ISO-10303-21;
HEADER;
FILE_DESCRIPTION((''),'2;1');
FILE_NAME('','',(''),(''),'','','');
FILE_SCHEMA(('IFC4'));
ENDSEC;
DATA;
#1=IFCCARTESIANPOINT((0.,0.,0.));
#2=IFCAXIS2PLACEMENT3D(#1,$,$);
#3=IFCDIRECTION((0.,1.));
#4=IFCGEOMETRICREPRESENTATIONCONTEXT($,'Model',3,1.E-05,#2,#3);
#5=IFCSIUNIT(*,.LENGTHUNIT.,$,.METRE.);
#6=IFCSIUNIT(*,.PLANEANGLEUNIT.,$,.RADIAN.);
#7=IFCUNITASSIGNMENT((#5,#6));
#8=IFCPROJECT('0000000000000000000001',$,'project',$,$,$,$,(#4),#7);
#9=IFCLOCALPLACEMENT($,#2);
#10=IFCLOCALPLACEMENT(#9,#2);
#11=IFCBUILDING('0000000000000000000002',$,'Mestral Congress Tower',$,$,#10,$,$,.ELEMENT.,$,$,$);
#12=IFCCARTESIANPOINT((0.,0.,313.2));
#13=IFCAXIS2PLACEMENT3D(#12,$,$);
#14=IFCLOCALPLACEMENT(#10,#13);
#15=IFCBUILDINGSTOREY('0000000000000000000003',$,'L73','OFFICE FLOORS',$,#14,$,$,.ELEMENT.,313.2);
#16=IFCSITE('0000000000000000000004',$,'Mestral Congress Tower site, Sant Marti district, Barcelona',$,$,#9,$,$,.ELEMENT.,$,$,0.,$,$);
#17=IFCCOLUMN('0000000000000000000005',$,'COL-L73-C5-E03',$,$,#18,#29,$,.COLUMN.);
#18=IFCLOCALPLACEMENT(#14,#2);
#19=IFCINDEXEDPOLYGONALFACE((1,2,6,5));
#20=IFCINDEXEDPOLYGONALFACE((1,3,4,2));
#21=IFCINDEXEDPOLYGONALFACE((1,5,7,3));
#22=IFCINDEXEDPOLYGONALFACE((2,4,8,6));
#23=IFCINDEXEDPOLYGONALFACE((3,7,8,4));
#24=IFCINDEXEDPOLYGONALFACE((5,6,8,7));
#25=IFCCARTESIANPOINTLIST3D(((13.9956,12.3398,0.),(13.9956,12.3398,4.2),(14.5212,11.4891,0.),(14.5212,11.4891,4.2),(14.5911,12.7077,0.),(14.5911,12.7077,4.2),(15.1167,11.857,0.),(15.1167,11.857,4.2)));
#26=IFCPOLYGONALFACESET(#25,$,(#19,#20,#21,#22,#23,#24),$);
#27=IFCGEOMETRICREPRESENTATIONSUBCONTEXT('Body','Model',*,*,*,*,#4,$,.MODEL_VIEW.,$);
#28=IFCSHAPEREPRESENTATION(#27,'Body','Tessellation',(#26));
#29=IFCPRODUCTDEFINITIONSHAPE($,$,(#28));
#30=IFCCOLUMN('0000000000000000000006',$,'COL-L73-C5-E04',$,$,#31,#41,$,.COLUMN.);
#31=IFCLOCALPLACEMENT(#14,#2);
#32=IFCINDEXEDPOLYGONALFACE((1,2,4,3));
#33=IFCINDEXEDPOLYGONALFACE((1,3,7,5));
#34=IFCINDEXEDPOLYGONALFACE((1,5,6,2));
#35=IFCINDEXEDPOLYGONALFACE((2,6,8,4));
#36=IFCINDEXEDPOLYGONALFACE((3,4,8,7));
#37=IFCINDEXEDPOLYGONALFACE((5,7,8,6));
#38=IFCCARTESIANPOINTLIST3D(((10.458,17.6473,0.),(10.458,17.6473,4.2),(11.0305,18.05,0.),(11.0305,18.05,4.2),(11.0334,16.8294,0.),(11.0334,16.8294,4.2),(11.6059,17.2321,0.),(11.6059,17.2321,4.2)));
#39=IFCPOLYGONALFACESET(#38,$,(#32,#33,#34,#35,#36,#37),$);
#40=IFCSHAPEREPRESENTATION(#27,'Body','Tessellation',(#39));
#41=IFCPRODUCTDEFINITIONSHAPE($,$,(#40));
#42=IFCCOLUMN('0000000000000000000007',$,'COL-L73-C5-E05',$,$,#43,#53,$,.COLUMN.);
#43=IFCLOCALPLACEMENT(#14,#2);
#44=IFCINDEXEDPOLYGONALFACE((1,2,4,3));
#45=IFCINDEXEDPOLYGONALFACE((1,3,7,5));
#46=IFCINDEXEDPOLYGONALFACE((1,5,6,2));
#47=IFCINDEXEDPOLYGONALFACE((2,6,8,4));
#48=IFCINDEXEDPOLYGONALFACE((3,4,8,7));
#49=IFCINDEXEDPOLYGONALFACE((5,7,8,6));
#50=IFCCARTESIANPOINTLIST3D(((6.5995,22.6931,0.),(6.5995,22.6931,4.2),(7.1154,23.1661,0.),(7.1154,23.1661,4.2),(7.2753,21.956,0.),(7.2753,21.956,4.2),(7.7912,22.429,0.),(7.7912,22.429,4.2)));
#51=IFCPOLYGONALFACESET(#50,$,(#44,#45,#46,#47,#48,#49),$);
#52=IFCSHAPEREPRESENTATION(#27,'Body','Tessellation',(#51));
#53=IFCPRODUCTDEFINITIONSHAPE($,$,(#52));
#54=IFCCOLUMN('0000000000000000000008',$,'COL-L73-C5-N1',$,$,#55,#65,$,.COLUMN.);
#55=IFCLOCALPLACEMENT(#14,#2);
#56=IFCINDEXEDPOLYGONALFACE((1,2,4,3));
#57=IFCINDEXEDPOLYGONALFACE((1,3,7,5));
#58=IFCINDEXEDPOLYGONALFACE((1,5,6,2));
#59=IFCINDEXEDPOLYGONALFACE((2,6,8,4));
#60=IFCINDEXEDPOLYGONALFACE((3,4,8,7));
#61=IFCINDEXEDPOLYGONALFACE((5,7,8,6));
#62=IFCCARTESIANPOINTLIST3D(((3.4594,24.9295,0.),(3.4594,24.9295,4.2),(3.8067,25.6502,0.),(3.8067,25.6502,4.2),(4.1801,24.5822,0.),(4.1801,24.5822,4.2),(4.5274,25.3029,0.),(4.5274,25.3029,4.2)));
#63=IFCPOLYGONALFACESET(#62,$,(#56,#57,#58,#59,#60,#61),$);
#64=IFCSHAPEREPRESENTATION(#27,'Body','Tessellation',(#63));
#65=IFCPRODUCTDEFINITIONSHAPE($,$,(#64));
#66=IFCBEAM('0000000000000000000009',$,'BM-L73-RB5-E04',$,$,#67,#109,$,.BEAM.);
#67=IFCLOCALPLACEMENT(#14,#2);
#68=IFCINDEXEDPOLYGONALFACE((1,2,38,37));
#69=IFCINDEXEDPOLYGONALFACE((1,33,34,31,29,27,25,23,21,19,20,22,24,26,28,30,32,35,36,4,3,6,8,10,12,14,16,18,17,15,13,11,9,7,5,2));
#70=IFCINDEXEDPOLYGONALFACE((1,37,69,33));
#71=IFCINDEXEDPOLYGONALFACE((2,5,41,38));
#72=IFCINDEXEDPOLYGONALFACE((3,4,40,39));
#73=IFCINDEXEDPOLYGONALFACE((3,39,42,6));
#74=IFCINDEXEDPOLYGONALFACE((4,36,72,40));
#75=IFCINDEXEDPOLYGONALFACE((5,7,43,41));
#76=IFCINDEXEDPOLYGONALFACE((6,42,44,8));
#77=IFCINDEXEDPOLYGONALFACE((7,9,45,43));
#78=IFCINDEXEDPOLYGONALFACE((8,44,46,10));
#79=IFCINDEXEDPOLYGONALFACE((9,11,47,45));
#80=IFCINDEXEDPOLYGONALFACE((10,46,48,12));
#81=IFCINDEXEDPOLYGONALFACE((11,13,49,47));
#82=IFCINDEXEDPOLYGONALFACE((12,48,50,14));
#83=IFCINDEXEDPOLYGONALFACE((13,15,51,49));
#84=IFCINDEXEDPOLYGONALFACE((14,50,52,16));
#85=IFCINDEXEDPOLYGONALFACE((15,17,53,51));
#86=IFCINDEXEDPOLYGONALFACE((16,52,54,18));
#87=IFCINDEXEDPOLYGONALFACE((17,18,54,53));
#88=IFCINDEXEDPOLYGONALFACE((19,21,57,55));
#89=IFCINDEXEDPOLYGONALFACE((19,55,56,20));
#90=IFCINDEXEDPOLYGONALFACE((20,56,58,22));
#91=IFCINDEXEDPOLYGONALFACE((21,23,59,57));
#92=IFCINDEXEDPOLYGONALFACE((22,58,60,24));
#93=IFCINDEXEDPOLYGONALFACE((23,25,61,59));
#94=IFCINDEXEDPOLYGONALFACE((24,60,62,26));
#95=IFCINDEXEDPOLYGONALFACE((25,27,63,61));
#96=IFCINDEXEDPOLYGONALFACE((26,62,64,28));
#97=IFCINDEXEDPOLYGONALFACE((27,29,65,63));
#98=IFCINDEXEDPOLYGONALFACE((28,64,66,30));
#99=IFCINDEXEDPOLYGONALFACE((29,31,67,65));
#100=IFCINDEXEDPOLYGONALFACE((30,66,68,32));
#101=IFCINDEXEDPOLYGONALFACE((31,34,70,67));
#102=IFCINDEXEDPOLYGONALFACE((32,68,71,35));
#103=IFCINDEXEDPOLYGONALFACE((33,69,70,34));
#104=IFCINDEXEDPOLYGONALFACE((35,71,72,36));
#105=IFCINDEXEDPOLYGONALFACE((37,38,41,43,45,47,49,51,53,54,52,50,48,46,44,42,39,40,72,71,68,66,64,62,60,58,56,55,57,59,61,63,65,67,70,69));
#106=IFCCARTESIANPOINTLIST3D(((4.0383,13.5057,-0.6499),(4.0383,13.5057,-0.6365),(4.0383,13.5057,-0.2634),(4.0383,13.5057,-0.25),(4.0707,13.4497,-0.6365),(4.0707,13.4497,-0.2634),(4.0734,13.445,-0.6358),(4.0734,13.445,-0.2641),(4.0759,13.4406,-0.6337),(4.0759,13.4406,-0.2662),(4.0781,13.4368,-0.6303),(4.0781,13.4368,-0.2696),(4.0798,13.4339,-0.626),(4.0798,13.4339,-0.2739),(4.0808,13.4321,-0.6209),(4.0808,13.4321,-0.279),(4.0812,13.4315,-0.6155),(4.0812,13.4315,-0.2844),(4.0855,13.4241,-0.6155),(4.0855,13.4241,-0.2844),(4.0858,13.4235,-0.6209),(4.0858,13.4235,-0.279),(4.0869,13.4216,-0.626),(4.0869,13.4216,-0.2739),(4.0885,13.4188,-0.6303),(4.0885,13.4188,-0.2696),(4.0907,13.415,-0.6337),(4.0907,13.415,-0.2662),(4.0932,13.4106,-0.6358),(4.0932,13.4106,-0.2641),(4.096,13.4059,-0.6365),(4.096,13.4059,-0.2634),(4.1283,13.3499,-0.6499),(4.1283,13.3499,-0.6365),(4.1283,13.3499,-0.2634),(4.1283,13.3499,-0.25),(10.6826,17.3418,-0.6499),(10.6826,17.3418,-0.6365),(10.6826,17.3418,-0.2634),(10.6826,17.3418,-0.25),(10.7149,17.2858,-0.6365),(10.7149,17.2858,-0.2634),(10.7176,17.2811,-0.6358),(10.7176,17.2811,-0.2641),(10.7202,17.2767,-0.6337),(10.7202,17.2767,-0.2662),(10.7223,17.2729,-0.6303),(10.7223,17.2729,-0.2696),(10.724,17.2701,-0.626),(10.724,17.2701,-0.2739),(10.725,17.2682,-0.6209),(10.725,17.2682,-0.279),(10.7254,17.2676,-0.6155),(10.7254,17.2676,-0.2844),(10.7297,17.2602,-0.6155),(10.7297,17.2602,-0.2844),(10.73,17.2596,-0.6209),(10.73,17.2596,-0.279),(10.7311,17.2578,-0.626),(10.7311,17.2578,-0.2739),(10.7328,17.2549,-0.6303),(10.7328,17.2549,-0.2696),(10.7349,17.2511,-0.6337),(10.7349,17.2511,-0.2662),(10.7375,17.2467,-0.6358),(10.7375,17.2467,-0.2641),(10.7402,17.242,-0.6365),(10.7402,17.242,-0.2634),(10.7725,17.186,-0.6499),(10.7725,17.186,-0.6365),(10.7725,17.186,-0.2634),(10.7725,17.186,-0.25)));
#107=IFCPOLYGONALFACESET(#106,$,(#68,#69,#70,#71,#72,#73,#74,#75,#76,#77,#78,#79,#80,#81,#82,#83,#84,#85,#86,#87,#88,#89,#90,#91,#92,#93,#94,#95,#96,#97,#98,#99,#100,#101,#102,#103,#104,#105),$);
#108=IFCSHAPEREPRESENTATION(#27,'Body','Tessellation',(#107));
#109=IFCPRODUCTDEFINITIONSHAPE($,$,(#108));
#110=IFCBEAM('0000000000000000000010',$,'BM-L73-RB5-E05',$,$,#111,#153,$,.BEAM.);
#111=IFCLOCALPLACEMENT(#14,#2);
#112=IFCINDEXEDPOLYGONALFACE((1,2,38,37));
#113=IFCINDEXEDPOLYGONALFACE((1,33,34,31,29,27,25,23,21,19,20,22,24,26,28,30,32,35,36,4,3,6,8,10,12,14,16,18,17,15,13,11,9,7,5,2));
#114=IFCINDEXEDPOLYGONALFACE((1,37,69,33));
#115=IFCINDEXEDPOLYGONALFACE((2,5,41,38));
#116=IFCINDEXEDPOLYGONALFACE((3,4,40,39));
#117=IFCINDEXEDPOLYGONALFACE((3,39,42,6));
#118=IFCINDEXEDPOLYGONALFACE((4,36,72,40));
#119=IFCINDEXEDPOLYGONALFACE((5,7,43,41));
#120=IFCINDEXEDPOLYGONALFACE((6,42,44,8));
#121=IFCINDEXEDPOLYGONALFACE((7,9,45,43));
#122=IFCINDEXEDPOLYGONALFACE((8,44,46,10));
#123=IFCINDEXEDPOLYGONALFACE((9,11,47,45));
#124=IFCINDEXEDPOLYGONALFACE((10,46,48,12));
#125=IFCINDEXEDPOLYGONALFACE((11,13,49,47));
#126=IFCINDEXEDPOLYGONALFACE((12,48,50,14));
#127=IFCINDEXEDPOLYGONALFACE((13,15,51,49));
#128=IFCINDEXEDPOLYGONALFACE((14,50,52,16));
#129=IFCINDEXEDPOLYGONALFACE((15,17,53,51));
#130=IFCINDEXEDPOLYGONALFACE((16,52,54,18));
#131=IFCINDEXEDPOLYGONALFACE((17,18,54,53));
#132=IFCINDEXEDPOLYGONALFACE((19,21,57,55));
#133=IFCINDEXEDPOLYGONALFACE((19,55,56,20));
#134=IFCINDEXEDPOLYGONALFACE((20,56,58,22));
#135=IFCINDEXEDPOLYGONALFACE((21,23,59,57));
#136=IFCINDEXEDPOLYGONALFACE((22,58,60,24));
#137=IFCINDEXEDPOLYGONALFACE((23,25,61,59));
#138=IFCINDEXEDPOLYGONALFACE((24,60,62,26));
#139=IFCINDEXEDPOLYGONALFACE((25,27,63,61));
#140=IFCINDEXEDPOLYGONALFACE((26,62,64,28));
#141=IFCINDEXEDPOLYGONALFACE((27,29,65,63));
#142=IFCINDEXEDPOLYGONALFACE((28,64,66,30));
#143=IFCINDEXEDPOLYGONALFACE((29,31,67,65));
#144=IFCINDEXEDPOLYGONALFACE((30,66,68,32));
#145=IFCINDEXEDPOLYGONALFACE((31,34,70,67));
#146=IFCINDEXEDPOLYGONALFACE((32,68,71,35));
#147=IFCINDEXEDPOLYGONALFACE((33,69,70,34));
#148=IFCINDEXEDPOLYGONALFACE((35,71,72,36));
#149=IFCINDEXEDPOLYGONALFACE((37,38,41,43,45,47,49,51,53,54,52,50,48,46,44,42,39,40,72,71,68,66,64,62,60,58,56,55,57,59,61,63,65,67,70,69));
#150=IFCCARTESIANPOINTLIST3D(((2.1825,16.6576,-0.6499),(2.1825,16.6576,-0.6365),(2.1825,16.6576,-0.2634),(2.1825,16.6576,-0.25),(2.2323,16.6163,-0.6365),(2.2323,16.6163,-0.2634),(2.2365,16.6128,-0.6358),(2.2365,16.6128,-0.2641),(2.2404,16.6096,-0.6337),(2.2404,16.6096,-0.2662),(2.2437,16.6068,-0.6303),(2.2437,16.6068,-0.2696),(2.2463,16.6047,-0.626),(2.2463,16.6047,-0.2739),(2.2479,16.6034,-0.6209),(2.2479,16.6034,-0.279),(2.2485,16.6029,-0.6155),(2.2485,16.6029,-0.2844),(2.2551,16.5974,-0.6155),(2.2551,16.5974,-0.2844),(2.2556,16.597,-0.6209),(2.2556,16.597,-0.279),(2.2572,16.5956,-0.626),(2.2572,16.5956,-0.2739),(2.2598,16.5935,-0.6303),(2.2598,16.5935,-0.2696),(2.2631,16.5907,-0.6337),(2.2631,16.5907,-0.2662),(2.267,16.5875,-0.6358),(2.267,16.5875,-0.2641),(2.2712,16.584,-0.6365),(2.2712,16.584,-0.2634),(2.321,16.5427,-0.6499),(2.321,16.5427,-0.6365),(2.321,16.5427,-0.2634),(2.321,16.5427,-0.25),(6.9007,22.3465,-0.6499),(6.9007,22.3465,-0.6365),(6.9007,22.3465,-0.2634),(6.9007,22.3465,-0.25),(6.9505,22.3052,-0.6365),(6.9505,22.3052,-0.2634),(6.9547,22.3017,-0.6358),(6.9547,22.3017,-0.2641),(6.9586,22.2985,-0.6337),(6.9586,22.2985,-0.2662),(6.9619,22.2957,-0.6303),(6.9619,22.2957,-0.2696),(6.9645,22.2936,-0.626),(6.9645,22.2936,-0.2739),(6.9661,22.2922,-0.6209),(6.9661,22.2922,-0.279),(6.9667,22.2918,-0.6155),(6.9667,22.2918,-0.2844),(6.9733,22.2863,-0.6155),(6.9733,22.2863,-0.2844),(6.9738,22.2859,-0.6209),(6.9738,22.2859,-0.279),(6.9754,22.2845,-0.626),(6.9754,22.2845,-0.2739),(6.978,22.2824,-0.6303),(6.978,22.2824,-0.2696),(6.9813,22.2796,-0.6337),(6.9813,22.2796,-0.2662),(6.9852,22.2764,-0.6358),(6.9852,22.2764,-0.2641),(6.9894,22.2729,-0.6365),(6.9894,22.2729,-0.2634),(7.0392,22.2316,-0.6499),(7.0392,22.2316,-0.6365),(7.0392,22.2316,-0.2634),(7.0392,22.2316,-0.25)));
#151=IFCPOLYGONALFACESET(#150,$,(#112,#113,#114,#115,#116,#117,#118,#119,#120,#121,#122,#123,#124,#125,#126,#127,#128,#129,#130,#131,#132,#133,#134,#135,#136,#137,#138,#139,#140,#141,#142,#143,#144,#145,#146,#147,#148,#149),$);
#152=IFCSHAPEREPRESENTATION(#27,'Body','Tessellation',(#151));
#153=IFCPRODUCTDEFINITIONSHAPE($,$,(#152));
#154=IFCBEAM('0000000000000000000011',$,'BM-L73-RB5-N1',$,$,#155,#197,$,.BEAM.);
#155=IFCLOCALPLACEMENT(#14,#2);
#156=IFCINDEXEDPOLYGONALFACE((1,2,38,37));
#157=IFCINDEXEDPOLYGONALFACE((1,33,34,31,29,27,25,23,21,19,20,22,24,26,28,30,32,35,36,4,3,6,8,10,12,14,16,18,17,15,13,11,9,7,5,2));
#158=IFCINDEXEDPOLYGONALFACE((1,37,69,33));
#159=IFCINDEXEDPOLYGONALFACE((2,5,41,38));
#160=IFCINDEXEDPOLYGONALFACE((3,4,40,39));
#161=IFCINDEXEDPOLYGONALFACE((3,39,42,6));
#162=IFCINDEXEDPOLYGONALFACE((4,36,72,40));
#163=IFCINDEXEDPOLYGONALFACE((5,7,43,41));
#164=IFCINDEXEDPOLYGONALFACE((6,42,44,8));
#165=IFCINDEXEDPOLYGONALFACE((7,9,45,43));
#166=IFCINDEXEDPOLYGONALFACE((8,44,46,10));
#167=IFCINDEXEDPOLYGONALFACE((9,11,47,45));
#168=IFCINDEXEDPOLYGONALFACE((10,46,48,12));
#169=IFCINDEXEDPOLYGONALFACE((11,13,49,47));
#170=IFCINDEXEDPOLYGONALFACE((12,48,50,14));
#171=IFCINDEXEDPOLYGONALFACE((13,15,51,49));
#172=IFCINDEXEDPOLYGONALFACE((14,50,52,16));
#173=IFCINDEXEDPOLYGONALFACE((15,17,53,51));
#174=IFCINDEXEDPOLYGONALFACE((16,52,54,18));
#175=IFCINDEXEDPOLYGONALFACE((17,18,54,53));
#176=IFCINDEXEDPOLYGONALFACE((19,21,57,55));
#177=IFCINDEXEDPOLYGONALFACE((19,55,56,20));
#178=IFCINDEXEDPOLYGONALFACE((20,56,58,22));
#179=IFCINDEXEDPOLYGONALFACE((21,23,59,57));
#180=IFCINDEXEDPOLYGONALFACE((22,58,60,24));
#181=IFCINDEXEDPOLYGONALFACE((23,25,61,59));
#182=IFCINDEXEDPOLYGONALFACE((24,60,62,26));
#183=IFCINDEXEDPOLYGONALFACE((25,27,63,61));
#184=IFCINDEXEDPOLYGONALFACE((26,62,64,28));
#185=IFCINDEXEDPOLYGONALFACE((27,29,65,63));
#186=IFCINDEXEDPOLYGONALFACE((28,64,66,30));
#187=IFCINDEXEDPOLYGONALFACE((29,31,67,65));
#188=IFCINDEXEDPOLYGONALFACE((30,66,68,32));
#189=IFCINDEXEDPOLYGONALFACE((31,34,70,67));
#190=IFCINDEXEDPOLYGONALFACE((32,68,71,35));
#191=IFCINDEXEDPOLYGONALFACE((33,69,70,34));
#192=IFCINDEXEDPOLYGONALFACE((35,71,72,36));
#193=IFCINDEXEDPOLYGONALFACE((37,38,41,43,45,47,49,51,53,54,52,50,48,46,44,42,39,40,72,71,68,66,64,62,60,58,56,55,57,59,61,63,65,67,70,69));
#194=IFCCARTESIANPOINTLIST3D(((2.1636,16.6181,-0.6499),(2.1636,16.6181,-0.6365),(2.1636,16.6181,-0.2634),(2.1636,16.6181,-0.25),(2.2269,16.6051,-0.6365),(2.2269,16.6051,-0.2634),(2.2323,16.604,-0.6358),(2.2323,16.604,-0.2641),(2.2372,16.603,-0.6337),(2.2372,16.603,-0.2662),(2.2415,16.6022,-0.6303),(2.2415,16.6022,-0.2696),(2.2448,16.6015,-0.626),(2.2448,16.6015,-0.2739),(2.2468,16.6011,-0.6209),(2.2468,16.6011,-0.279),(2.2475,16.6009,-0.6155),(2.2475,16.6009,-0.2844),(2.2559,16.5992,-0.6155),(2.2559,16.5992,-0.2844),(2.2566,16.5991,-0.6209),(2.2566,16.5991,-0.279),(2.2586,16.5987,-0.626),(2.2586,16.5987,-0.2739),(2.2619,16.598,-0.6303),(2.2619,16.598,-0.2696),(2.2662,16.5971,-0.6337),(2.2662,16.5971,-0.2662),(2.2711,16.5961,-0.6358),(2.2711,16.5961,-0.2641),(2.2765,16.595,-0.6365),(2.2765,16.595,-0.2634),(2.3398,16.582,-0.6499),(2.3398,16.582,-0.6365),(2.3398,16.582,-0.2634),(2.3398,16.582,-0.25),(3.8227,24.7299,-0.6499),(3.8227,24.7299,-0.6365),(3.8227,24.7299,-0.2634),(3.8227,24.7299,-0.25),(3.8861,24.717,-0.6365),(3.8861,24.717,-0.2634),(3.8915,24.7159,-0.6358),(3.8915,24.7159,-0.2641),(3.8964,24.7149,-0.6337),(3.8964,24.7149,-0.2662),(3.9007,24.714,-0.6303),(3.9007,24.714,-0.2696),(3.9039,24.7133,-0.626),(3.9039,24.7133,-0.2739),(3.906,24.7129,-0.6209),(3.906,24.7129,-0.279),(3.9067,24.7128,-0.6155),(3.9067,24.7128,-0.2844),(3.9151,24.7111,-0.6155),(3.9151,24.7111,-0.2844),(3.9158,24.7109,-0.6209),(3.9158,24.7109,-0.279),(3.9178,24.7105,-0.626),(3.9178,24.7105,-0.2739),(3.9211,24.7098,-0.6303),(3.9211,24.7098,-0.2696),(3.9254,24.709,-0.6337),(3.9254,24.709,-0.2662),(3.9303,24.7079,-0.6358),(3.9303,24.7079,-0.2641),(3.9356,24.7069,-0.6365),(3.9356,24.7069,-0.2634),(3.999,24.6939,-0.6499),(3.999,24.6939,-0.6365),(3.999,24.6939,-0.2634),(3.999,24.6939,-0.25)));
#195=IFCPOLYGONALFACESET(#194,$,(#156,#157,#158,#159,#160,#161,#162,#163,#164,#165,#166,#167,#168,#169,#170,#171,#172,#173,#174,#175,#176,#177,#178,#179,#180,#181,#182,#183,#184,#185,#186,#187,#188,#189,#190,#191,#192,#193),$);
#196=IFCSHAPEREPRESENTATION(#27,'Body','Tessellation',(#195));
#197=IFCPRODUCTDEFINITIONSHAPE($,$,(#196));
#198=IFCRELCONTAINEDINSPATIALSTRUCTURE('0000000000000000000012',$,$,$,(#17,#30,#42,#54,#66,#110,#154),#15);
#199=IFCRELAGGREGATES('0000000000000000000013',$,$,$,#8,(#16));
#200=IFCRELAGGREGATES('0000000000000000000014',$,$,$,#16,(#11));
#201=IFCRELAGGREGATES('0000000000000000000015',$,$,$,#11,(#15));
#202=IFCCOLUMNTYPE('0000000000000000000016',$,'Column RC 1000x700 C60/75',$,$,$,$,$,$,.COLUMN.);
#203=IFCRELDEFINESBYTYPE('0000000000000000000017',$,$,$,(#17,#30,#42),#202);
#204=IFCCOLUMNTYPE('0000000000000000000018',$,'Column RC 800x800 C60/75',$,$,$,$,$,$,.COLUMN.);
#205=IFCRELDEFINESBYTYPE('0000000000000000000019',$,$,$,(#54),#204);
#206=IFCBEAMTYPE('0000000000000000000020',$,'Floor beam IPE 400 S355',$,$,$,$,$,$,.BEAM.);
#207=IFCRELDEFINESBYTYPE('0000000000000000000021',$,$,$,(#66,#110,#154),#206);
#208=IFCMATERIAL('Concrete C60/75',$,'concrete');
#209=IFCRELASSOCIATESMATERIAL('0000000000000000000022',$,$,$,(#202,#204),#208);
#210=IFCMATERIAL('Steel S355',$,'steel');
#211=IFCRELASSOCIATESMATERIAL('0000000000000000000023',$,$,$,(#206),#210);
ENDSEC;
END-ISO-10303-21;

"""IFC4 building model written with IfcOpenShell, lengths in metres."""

from ifc_helpers import new_model, si_unit, direction, frame, origin, origin_2d, place, context, subcontext, project, spatial, rectangle, i_section, extrude, material, material_profile, profile_set, type_object, element, save


model = new_model("IFC4")

# Units and contexts
model_context = context("Model", 3, precision=1e-05, world=origin(), true_north=direction((0.0, 1.0)))
body_context = subcontext(model_context, "Body", "Model", "MODEL_VIEW")
ifc_project = project(units=[si_unit("LENGTHUNIT", "METRE"), si_unit("PLANEANGLEUNIT", "RADIAN")], contexts=[model_context])

# Site, building, storey
site_placement = place(None, origin())
site = spatial("IfcSite", under=ifc_project, at=site_placement, Name="Mestral Congress Tower site, Sant Marti district, Barcelona", CompositionType="ELEMENT", RefElevation=0.0)
building_placement = place(site_placement, origin())
building = spatial("IfcBuilding", under=site, at=building_placement, Name="Mestral Congress Tower", CompositionType="ELEMENT")
storey_placement = place(building_placement, frame((0.0, 0.0, 313.2)))
storey = spatial("IfcBuildingStorey", under=building, at=storey_placement, Name="L73", Description="OFFICE FLOORS", CompositionType="ELEMENT", Elevation=313.2)

# Columns
ifc_material_1 = material(Name="Concrete C60/75", Category="concrete")
ifc_material_profile_1 = material_profile(ifc_material_1, rectangle(XDim=1.0, YDim=0.7, at=origin_2d()), Name="RC 1000x700")
ifc_profile_set_1 = profile_set([ifc_material_profile_1], Name="Concrete C60/75")
column_type_1 = type_object("IfcColumnType", Name="Column RC 1000x700 C60/75", PredefinedType="COLUMN", material=ifc_profile_set_1)
for number, where, z_axis, x_axis, name in (
    (1, (14.5562, 12.0984, 0.0), (0.0, 0.0, 1.0), (-0.52561, 0.850726, 0.0), "COL-L73-C5-E03"),
    (2, (11.032, 17.4397, 0.0), (0.0, 0.0, 1.0), (-0.575402, 0.817871, 0.0), "COL-L73-C5-E04"),
    (3, (7.1953, 22.561, 0.0), (0.0, 0.0, 1.0), (-0.675803, 0.737083, 0.0), "COL-L73-C5-E05"),
):
    element("IfcColumn", number, at=place(storey_placement, frame(where, z_axis=z_axis, x_axis=x_axis)), inside=storey, type_object=column_type_1, Name=name, PredefinedType="COLUMN", context=body_context, shape_type="SweptSolid", body=[
        extrude(rectangle(XDim=1.0, YDim=0.7, at=origin_2d()), origin(), (0.0, 0.0, 1.0), 4.2),
    ])
ifc_material_profile_2 = material_profile(ifc_material_1, rectangle(XDim=0.8, YDim=0.8, at=origin_2d()), Name="RC 800x800")
ifc_profile_set_2 = profile_set([ifc_material_profile_2], Name="Concrete C60/75")
column_type_2 = type_object("IfcColumnType", Name="Column RC 800x800 C60/75", PredefinedType="COLUMN", material=ifc_profile_set_2)
column_placement = place(storey_placement, frame((3.9934, 25.1162, 0.0), z_axis=(0.0, 0.0, 1.0), x_axis=(-0.900873, 0.434082, 0.0)))
element("IfcColumn", 4, at=column_placement, inside=storey, type_object=column_type_2, Name="COL-L73-C5-N1", PredefinedType="COLUMN", context=body_context, shape_type="SweptSolid", body=[
    extrude(rectangle(XDim=0.8, YDim=0.8, at=origin_2d()), origin(), (0.0, 0.0, 1.0), 4.2),
])

# Beams
ifc_material_2 = material(Name="Steel S355", Category="steel")
ifc_material_profile_3 = material_profile(ifc_material_2, i_section(OverallWidth=0.1799, OverallDepth=0.3999, WebThickness=0.0085, FlangeThickness=0.0134, FilletRadius=0.021, at=origin_2d()), Name="IPE 400")
ifc_profile_set_3 = profile_set([ifc_material_profile_3], Name="Steel S355")
beam_type_1 = type_object("IfcBeamType", Name="Floor beam IPE 400 S355", PredefinedType="BEAM", material=ifc_profile_set_3)
beam_1_placement = place(storey_placement, frame((10.7275, 17.2639, -0.45), z_axis=(-0.86602, -0.50001, 0.0), x_axis=(0.50001, -0.86602, 0.0)))
element("IfcBeam", 5, at=beam_1_placement, inside=storey, type_object=beam_type_1, Name="BM-L73-RB5-E04", PredefinedType="BEAM", context=body_context, shape_type="SweptSolid", body=[
    extrude(i_section(OverallWidth=0.1799, OverallDepth=0.3999, WebThickness=0.0085, FlangeThickness=0.0134, FilletRadius=0.021, at=origin_2d()), origin(), (0.0, 0.0, 1.0), 7.6721),
])
beam_2_placement = place(storey_placement, frame((6.97, 22.2891, -0.45), z_axis=(-0.638383, -0.769719, 0.0), x_axis=(0.769719, -0.638383, 0.0)))
element("IfcBeam", 6, at=beam_2_placement, inside=storey, type_object=beam_type_1, Name="BM-L73-RB5-E05", PredefinedType="BEAM", context=body_context, shape_type="SweptSolid", body=[
    extrude(i_section(OverallWidth=0.1799, OverallDepth=0.3999, WebThickness=0.0085, FlangeThickness=0.0134, FilletRadius=0.021, at=origin_2d()), origin(), (0.0, 0.0, 1.0), 7.3909),
])
beam_3_placement = place(storey_placement, frame((3.9109, 24.7119, -0.45), z_axis=(-0.20039, -0.979716, 0.0), x_axis=(0.979716, -0.20039, 0.0)))
element("IfcBeam", 7, at=beam_3_placement, inside=storey, type_object=beam_type_1, Name="BM-L73-RB5-N1", PredefinedType="BEAM", context=body_context, shape_type="SweptSolid", body=[
    extrude(i_section(OverallWidth=0.1799, OverallDepth=0.3999, WebThickness=0.0085, FlangeThickness=0.0134, FilletRadius=0.021, at=origin_2d()), origin(), (0.0, 0.0, 1.0), 8.2798),
])

save(model, "model.ifc")
